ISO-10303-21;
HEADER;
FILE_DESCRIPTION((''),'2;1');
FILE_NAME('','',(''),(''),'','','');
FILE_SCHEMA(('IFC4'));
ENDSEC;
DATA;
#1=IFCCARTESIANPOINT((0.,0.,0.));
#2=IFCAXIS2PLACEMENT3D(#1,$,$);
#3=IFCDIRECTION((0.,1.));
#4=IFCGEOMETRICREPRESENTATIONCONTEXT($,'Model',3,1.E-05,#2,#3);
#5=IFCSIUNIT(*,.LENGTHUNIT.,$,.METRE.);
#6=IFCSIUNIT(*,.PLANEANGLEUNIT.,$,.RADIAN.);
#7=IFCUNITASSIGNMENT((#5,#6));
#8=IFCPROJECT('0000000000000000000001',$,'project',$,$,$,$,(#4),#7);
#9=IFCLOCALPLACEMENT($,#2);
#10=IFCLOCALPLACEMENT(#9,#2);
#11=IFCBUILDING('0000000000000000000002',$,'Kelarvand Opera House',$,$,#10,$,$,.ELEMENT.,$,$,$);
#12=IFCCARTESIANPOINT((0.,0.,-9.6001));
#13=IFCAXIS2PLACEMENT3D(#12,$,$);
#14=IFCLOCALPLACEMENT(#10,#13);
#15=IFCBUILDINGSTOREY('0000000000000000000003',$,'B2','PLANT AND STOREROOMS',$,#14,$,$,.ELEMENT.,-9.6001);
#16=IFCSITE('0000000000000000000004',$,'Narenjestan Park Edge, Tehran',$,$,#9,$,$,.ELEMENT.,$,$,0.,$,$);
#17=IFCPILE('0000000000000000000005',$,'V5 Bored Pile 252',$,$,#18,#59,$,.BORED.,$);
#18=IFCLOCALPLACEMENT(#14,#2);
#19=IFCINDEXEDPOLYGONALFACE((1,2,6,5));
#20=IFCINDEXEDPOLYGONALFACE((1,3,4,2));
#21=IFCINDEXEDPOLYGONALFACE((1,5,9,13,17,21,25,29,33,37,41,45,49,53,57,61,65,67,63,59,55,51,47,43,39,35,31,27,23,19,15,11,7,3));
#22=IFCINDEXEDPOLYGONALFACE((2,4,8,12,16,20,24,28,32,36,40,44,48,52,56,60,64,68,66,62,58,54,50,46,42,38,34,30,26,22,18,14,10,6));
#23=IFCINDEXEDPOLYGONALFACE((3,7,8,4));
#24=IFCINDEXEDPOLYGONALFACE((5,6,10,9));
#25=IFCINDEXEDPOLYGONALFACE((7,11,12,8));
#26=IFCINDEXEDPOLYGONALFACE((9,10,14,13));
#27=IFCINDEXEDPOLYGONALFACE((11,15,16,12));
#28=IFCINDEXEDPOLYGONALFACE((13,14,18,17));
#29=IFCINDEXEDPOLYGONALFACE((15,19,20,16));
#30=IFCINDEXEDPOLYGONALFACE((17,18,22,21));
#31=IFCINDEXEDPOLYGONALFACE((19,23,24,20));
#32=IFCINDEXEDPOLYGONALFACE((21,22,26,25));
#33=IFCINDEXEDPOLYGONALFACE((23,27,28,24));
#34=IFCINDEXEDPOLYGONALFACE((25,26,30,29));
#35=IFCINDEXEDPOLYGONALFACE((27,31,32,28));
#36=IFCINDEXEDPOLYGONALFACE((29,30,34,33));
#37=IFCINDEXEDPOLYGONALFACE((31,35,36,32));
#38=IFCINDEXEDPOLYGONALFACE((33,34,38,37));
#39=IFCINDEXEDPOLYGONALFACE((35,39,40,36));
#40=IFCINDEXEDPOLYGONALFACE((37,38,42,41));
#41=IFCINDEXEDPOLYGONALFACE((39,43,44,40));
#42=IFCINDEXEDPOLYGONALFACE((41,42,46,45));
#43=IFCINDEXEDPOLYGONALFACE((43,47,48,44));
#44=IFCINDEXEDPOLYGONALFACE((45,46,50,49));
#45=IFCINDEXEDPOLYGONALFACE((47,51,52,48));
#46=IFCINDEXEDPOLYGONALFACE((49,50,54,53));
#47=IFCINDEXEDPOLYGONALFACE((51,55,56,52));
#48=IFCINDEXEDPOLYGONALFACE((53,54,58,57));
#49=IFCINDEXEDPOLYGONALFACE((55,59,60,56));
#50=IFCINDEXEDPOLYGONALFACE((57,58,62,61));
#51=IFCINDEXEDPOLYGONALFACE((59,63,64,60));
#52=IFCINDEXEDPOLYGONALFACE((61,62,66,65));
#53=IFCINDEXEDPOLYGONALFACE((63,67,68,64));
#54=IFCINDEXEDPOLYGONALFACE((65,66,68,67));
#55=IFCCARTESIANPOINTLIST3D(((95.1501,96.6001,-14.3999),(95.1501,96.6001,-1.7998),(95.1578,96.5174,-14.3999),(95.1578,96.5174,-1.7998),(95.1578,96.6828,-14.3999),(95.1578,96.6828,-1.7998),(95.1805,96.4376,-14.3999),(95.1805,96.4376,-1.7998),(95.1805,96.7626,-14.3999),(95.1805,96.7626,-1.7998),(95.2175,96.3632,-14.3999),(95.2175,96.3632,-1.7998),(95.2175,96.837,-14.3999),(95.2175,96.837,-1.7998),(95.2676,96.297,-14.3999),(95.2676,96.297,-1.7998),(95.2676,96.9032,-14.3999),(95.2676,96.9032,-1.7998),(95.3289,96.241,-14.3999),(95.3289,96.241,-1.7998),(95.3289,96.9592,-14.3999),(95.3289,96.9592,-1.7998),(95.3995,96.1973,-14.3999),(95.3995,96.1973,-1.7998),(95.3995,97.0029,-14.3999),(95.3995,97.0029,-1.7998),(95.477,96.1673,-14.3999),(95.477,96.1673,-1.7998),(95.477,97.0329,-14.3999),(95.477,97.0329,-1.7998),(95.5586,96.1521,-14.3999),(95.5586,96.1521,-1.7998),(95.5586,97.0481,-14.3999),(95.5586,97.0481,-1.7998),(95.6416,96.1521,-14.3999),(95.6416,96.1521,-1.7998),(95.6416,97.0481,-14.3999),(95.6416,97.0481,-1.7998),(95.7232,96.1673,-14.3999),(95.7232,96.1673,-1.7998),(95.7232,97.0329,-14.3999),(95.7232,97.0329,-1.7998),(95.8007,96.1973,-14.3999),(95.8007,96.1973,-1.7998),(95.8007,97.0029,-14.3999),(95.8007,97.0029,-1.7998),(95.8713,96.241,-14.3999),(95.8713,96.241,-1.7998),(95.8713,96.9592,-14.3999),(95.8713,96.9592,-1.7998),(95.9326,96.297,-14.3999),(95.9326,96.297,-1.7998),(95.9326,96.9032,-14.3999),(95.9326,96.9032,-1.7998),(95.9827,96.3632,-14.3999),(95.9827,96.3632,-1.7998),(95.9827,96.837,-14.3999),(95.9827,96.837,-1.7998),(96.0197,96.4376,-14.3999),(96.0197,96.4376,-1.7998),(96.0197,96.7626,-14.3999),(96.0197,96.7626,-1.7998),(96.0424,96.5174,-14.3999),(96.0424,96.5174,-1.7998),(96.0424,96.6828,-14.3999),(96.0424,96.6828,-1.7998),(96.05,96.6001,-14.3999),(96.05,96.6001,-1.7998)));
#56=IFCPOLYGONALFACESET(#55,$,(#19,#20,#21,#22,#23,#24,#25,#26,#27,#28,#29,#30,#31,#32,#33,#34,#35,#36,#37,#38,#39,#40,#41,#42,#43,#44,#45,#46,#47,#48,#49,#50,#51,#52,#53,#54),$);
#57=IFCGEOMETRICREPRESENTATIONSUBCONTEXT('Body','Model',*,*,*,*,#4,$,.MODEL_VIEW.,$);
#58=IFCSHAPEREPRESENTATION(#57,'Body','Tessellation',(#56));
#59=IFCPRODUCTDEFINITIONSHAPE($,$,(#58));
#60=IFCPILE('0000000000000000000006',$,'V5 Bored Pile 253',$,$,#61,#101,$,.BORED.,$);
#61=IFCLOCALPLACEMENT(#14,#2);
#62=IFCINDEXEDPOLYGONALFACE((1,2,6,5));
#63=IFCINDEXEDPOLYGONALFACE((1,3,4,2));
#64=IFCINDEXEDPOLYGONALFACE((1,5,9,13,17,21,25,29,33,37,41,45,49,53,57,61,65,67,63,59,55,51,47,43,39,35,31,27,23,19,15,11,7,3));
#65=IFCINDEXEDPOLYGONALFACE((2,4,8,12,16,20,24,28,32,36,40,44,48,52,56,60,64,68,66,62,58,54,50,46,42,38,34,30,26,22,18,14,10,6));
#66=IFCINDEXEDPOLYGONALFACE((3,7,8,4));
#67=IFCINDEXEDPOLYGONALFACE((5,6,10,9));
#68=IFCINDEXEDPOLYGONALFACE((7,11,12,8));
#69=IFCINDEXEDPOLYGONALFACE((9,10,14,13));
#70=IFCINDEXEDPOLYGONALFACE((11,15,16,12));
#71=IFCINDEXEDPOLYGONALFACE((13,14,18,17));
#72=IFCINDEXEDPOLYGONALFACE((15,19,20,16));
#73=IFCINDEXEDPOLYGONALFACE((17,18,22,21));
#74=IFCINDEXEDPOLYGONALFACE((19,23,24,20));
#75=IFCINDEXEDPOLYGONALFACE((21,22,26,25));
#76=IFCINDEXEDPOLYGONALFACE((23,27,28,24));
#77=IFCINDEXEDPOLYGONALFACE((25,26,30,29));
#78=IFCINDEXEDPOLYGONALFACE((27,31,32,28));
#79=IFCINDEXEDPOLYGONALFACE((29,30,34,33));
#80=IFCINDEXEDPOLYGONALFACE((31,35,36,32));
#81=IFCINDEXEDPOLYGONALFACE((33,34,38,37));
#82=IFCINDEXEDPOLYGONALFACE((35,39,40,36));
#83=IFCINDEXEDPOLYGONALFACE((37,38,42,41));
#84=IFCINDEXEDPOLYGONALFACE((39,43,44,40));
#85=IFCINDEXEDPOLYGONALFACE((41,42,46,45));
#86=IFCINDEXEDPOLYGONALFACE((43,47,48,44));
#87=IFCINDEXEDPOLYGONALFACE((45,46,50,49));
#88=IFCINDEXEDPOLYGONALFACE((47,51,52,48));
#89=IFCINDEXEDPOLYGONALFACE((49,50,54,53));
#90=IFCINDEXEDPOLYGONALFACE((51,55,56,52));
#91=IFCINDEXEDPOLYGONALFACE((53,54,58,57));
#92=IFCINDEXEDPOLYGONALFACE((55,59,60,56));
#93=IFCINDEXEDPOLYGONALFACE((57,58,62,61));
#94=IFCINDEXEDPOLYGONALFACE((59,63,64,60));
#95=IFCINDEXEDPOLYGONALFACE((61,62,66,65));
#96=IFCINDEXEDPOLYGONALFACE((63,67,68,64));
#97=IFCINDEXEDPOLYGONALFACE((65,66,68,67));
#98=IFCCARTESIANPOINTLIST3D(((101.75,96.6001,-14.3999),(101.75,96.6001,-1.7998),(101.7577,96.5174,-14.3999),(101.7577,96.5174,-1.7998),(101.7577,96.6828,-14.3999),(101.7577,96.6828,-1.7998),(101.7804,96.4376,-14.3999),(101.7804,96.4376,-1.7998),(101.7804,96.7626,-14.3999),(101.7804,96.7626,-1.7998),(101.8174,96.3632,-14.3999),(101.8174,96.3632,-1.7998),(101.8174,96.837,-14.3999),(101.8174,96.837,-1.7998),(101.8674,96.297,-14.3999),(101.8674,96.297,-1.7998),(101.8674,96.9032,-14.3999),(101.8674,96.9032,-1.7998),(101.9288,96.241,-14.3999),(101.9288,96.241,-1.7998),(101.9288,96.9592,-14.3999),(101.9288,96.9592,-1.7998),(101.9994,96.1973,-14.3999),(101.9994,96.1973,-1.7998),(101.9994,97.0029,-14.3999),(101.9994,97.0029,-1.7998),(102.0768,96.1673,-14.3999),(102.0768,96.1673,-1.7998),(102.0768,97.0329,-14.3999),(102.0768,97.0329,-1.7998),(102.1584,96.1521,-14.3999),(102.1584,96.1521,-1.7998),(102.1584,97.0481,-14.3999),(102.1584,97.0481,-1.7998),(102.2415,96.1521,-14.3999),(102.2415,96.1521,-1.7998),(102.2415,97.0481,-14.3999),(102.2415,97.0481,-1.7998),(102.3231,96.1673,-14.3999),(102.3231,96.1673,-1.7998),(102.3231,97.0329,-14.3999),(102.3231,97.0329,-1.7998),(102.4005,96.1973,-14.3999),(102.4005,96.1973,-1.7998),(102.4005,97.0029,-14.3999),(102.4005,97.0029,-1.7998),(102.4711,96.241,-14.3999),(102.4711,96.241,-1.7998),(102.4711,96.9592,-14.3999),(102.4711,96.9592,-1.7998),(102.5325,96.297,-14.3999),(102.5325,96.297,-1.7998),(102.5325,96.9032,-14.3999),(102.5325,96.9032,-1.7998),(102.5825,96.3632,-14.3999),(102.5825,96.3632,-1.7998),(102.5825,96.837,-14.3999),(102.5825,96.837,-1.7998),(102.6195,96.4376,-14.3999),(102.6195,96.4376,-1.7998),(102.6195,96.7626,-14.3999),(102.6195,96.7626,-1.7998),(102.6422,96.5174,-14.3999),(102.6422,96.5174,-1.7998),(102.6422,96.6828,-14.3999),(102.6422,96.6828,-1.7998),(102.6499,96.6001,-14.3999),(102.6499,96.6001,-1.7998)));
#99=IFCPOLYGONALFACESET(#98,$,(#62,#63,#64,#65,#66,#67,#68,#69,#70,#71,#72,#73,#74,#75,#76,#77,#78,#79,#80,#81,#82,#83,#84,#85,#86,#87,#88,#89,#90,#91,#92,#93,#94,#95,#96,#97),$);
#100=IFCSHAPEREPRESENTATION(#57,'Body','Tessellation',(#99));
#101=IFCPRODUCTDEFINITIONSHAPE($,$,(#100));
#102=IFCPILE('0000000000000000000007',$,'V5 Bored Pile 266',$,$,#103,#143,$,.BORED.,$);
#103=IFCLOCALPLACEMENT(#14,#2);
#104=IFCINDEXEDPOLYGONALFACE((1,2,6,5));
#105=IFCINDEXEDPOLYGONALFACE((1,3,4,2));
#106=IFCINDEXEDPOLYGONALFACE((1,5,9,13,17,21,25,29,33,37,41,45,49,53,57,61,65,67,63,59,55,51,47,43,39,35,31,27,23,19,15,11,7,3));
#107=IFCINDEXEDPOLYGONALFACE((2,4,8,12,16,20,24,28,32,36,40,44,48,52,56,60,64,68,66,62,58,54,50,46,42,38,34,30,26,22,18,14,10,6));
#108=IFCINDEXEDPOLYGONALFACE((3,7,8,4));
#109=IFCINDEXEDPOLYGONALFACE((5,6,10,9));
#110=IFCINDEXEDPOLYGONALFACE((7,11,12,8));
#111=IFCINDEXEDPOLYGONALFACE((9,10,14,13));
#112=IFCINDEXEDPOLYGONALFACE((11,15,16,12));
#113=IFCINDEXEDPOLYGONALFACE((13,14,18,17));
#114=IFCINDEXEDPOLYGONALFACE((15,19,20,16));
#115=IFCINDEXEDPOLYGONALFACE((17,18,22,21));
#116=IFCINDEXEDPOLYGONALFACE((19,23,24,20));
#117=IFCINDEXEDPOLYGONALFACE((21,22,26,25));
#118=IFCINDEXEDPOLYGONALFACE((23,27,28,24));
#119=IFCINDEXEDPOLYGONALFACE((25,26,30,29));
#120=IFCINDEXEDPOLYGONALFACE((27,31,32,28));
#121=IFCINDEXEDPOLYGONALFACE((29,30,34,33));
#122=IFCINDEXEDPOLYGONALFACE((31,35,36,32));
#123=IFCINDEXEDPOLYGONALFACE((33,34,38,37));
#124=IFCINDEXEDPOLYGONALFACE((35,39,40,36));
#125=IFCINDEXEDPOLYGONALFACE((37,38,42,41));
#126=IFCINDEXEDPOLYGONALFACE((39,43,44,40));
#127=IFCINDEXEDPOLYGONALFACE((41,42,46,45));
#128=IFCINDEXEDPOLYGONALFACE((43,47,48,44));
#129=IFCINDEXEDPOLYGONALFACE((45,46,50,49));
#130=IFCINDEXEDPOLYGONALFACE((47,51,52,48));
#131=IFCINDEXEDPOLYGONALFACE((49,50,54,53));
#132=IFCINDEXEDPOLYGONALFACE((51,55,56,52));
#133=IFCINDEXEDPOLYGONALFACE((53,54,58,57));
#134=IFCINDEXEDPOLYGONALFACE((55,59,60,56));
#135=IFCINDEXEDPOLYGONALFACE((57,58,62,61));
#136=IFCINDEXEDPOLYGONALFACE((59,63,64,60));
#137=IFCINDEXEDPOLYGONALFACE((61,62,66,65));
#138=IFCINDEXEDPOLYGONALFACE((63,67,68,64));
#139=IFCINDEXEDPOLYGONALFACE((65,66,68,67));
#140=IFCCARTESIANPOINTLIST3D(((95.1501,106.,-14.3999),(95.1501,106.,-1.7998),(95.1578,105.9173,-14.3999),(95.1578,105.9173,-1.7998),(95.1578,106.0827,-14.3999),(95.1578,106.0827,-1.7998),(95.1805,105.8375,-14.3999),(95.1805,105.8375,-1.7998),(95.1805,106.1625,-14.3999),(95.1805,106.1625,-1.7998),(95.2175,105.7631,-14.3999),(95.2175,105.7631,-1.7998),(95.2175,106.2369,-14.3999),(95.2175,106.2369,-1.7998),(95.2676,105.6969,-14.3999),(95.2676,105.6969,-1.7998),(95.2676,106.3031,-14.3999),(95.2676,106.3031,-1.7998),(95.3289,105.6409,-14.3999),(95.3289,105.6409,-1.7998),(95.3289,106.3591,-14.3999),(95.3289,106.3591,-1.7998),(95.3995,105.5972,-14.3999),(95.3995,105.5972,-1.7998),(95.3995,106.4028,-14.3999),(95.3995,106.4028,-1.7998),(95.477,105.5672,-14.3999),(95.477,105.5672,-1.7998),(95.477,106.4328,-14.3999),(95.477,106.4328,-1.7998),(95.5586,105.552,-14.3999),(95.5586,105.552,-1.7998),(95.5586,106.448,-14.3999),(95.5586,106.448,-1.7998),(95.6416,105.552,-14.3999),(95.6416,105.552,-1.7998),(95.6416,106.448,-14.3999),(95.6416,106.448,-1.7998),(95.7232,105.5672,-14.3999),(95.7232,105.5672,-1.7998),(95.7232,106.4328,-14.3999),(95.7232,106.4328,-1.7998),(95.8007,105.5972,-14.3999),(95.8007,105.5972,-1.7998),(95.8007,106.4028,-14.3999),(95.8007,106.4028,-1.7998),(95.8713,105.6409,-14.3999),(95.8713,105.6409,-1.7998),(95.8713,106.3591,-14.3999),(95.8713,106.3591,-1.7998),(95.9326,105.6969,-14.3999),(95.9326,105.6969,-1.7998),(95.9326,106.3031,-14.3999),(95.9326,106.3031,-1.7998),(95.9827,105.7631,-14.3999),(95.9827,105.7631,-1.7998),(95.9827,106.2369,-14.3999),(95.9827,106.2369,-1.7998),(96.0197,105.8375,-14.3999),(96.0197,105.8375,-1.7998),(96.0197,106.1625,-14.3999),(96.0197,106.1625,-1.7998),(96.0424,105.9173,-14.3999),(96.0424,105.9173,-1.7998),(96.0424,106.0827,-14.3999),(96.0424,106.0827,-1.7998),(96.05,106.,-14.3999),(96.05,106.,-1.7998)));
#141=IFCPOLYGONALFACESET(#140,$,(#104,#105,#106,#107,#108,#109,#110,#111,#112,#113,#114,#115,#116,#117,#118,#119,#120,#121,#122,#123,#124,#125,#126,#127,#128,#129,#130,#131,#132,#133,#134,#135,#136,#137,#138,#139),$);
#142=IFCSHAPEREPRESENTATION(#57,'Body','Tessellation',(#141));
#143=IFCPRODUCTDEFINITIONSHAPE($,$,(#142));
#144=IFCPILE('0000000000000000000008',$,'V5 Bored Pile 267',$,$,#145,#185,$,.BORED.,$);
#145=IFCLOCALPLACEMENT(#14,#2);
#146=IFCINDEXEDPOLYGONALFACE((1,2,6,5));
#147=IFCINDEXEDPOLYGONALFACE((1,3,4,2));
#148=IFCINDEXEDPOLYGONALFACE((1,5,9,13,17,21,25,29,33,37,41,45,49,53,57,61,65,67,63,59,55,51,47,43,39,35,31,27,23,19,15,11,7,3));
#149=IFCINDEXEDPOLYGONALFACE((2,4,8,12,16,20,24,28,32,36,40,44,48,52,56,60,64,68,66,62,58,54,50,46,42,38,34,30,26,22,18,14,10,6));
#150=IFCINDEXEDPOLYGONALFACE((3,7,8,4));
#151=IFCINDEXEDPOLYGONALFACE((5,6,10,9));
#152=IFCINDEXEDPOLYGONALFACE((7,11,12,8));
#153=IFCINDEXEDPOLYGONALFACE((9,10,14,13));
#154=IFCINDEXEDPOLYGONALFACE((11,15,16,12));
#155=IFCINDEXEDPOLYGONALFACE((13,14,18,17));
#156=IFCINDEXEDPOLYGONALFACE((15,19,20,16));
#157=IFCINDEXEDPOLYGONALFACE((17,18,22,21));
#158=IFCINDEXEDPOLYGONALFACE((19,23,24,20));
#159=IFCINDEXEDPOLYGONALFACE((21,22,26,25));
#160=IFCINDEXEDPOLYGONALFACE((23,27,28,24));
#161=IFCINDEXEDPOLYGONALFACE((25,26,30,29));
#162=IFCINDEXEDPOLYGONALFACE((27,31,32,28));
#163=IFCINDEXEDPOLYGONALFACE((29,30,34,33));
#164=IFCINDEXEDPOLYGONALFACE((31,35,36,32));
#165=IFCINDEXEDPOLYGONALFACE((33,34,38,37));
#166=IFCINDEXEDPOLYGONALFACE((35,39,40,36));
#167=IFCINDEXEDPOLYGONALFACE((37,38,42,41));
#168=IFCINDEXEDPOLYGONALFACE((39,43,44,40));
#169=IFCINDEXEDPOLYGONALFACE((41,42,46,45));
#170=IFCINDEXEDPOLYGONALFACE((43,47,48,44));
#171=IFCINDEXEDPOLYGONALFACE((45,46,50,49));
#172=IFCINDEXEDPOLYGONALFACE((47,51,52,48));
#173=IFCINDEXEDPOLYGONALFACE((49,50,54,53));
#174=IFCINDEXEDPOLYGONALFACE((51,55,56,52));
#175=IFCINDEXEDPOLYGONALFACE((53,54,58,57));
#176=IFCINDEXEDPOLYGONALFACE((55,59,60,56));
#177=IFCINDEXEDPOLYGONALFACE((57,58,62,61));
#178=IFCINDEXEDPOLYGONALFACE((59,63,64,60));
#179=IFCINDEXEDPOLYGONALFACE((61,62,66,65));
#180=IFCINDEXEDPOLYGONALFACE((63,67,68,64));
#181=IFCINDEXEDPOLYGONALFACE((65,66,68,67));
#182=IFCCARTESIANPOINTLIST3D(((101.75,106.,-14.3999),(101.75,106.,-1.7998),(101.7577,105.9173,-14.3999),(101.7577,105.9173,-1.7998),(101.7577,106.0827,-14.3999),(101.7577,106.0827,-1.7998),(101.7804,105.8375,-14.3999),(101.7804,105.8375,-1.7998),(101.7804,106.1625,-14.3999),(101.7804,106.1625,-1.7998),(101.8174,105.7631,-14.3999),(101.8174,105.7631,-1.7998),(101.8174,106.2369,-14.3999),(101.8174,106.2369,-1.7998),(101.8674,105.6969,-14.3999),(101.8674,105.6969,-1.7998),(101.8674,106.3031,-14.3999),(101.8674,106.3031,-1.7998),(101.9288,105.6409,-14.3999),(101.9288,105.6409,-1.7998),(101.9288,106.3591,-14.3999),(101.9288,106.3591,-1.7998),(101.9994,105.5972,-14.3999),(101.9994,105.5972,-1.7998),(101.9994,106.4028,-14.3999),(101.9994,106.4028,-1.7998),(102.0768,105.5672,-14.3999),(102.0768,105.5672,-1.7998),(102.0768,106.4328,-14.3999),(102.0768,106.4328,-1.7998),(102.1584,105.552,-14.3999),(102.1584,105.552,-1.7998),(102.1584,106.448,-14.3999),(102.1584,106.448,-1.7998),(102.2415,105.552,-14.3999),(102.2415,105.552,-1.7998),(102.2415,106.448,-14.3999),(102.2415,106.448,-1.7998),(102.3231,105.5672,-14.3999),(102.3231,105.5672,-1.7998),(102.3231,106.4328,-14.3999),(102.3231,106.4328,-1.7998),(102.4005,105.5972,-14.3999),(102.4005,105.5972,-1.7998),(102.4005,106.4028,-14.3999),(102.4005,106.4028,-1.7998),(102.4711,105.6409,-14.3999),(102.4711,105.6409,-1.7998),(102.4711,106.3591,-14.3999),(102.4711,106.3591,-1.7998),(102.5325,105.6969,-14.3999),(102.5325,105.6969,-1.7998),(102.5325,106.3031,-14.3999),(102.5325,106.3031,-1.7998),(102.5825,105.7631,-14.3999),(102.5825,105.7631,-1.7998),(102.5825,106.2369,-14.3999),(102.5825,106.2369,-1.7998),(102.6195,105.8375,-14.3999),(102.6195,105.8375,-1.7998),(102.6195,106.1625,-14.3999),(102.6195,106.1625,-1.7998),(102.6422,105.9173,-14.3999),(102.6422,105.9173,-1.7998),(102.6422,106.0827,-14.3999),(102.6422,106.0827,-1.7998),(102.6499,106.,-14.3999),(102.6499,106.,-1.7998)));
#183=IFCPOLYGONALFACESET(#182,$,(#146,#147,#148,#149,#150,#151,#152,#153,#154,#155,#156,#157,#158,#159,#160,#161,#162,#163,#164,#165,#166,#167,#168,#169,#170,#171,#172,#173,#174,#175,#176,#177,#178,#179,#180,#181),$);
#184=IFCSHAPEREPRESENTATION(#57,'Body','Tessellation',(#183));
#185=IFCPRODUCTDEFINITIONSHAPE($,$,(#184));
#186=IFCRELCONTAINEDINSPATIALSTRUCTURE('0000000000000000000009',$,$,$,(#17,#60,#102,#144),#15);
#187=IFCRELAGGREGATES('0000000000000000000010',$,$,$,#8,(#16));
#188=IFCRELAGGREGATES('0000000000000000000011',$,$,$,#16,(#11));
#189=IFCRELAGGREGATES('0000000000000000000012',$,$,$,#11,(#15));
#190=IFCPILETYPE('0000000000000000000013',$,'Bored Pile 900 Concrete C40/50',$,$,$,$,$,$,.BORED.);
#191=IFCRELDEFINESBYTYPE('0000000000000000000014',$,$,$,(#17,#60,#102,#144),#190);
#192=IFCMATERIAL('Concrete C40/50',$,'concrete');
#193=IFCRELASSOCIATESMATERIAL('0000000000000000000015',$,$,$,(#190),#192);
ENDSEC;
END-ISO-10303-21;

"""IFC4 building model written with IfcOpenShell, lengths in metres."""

from ifc_helpers import new_model, si_unit, direction, frame, origin, origin_2d, place, context, subcontext, project, spatial, circle, extrude, material, material_profile, profile_set, type_object, element, save


model = new_model("IFC4")

# Units and contexts
model_context = context("Model", 3, precision=1e-05, world=origin(), true_north=direction((0.0, 1.0)))
body_context = subcontext(model_context, "Body", "Model", "MODEL_VIEW")
ifc_project = project(units=[si_unit("LENGTHUNIT", "METRE"), si_unit("PLANEANGLEUNIT", "RADIAN")], contexts=[model_context])

# Site, building, storey
site_placement = place(None, origin())
site = spatial("IfcSite", under=ifc_project, at=site_placement, Name="Narenjestan Park Edge, Tehran", CompositionType="ELEMENT", RefElevation=0.0)
building_placement = place(site_placement, origin())
building = spatial("IfcBuilding", under=site, at=building_placement, Name="Kelarvand Opera House", CompositionType="ELEMENT")
storey_placement = place(building_placement, frame((0.0, 0.0, -9.6001)))
storey = spatial("IfcBuildingStorey", under=building, at=storey_placement, Name="B2", Description="PLANT AND STOREROOMS", CompositionType="ELEMENT", Elevation=-9.6001)

# Piles
ifc_material_1 = material(Name="Concrete C40/50", Category="concrete")
ifc_material_profile_1 = material_profile(ifc_material_1, circle(Radius=0.45, at=origin_2d()), Name="BP 900", Category="concrete")
ifc_profile_set_1 = profile_set([ifc_material_profile_1], Name="Concrete C40/50")
pile_type = type_object("IfcPileType", Name="Bored Pile 900 Concrete C40/50", PredefinedType="BORED", material=ifc_profile_set_1)
for number, where, z_axis, x_axis, name in (
    (1, (95.6001, 96.6001, -1.7998), (0.0, 0.0, -1.0), (1.0, 0.0, 0.0), "V5 Bored Pile 252"),
    (2, (102.2, 96.6001, -1.7998), (0.0, 0.0, -1.0), (1.0, 0.0, 0.0), "V5 Bored Pile 253"),
    (3, (95.6001, 106.0, -1.7998), (0.0, 0.0, -1.0), (1.0, 0.0, 0.0), "V5 Bored Pile 266"),
    (4, (102.2, 106.0, -1.7998), (0.0, 0.0, -1.0), (1.0, 0.0, 0.0), "V5 Bored Pile 267"),
):
    element("IfcPile", number, at=place(storey_placement, frame(where, z_axis=z_axis, x_axis=x_axis)), inside=storey, type_object=pile_type, Name=name, PredefinedType="BORED", context=body_context, shape_type="SweptSolid", body=[
        extrude(circle(Radius=0.45, at=origin_2d()), origin(), (0.0, 0.0, 1.0), 12.6001),
    ])

save(model, "model.ifc")
